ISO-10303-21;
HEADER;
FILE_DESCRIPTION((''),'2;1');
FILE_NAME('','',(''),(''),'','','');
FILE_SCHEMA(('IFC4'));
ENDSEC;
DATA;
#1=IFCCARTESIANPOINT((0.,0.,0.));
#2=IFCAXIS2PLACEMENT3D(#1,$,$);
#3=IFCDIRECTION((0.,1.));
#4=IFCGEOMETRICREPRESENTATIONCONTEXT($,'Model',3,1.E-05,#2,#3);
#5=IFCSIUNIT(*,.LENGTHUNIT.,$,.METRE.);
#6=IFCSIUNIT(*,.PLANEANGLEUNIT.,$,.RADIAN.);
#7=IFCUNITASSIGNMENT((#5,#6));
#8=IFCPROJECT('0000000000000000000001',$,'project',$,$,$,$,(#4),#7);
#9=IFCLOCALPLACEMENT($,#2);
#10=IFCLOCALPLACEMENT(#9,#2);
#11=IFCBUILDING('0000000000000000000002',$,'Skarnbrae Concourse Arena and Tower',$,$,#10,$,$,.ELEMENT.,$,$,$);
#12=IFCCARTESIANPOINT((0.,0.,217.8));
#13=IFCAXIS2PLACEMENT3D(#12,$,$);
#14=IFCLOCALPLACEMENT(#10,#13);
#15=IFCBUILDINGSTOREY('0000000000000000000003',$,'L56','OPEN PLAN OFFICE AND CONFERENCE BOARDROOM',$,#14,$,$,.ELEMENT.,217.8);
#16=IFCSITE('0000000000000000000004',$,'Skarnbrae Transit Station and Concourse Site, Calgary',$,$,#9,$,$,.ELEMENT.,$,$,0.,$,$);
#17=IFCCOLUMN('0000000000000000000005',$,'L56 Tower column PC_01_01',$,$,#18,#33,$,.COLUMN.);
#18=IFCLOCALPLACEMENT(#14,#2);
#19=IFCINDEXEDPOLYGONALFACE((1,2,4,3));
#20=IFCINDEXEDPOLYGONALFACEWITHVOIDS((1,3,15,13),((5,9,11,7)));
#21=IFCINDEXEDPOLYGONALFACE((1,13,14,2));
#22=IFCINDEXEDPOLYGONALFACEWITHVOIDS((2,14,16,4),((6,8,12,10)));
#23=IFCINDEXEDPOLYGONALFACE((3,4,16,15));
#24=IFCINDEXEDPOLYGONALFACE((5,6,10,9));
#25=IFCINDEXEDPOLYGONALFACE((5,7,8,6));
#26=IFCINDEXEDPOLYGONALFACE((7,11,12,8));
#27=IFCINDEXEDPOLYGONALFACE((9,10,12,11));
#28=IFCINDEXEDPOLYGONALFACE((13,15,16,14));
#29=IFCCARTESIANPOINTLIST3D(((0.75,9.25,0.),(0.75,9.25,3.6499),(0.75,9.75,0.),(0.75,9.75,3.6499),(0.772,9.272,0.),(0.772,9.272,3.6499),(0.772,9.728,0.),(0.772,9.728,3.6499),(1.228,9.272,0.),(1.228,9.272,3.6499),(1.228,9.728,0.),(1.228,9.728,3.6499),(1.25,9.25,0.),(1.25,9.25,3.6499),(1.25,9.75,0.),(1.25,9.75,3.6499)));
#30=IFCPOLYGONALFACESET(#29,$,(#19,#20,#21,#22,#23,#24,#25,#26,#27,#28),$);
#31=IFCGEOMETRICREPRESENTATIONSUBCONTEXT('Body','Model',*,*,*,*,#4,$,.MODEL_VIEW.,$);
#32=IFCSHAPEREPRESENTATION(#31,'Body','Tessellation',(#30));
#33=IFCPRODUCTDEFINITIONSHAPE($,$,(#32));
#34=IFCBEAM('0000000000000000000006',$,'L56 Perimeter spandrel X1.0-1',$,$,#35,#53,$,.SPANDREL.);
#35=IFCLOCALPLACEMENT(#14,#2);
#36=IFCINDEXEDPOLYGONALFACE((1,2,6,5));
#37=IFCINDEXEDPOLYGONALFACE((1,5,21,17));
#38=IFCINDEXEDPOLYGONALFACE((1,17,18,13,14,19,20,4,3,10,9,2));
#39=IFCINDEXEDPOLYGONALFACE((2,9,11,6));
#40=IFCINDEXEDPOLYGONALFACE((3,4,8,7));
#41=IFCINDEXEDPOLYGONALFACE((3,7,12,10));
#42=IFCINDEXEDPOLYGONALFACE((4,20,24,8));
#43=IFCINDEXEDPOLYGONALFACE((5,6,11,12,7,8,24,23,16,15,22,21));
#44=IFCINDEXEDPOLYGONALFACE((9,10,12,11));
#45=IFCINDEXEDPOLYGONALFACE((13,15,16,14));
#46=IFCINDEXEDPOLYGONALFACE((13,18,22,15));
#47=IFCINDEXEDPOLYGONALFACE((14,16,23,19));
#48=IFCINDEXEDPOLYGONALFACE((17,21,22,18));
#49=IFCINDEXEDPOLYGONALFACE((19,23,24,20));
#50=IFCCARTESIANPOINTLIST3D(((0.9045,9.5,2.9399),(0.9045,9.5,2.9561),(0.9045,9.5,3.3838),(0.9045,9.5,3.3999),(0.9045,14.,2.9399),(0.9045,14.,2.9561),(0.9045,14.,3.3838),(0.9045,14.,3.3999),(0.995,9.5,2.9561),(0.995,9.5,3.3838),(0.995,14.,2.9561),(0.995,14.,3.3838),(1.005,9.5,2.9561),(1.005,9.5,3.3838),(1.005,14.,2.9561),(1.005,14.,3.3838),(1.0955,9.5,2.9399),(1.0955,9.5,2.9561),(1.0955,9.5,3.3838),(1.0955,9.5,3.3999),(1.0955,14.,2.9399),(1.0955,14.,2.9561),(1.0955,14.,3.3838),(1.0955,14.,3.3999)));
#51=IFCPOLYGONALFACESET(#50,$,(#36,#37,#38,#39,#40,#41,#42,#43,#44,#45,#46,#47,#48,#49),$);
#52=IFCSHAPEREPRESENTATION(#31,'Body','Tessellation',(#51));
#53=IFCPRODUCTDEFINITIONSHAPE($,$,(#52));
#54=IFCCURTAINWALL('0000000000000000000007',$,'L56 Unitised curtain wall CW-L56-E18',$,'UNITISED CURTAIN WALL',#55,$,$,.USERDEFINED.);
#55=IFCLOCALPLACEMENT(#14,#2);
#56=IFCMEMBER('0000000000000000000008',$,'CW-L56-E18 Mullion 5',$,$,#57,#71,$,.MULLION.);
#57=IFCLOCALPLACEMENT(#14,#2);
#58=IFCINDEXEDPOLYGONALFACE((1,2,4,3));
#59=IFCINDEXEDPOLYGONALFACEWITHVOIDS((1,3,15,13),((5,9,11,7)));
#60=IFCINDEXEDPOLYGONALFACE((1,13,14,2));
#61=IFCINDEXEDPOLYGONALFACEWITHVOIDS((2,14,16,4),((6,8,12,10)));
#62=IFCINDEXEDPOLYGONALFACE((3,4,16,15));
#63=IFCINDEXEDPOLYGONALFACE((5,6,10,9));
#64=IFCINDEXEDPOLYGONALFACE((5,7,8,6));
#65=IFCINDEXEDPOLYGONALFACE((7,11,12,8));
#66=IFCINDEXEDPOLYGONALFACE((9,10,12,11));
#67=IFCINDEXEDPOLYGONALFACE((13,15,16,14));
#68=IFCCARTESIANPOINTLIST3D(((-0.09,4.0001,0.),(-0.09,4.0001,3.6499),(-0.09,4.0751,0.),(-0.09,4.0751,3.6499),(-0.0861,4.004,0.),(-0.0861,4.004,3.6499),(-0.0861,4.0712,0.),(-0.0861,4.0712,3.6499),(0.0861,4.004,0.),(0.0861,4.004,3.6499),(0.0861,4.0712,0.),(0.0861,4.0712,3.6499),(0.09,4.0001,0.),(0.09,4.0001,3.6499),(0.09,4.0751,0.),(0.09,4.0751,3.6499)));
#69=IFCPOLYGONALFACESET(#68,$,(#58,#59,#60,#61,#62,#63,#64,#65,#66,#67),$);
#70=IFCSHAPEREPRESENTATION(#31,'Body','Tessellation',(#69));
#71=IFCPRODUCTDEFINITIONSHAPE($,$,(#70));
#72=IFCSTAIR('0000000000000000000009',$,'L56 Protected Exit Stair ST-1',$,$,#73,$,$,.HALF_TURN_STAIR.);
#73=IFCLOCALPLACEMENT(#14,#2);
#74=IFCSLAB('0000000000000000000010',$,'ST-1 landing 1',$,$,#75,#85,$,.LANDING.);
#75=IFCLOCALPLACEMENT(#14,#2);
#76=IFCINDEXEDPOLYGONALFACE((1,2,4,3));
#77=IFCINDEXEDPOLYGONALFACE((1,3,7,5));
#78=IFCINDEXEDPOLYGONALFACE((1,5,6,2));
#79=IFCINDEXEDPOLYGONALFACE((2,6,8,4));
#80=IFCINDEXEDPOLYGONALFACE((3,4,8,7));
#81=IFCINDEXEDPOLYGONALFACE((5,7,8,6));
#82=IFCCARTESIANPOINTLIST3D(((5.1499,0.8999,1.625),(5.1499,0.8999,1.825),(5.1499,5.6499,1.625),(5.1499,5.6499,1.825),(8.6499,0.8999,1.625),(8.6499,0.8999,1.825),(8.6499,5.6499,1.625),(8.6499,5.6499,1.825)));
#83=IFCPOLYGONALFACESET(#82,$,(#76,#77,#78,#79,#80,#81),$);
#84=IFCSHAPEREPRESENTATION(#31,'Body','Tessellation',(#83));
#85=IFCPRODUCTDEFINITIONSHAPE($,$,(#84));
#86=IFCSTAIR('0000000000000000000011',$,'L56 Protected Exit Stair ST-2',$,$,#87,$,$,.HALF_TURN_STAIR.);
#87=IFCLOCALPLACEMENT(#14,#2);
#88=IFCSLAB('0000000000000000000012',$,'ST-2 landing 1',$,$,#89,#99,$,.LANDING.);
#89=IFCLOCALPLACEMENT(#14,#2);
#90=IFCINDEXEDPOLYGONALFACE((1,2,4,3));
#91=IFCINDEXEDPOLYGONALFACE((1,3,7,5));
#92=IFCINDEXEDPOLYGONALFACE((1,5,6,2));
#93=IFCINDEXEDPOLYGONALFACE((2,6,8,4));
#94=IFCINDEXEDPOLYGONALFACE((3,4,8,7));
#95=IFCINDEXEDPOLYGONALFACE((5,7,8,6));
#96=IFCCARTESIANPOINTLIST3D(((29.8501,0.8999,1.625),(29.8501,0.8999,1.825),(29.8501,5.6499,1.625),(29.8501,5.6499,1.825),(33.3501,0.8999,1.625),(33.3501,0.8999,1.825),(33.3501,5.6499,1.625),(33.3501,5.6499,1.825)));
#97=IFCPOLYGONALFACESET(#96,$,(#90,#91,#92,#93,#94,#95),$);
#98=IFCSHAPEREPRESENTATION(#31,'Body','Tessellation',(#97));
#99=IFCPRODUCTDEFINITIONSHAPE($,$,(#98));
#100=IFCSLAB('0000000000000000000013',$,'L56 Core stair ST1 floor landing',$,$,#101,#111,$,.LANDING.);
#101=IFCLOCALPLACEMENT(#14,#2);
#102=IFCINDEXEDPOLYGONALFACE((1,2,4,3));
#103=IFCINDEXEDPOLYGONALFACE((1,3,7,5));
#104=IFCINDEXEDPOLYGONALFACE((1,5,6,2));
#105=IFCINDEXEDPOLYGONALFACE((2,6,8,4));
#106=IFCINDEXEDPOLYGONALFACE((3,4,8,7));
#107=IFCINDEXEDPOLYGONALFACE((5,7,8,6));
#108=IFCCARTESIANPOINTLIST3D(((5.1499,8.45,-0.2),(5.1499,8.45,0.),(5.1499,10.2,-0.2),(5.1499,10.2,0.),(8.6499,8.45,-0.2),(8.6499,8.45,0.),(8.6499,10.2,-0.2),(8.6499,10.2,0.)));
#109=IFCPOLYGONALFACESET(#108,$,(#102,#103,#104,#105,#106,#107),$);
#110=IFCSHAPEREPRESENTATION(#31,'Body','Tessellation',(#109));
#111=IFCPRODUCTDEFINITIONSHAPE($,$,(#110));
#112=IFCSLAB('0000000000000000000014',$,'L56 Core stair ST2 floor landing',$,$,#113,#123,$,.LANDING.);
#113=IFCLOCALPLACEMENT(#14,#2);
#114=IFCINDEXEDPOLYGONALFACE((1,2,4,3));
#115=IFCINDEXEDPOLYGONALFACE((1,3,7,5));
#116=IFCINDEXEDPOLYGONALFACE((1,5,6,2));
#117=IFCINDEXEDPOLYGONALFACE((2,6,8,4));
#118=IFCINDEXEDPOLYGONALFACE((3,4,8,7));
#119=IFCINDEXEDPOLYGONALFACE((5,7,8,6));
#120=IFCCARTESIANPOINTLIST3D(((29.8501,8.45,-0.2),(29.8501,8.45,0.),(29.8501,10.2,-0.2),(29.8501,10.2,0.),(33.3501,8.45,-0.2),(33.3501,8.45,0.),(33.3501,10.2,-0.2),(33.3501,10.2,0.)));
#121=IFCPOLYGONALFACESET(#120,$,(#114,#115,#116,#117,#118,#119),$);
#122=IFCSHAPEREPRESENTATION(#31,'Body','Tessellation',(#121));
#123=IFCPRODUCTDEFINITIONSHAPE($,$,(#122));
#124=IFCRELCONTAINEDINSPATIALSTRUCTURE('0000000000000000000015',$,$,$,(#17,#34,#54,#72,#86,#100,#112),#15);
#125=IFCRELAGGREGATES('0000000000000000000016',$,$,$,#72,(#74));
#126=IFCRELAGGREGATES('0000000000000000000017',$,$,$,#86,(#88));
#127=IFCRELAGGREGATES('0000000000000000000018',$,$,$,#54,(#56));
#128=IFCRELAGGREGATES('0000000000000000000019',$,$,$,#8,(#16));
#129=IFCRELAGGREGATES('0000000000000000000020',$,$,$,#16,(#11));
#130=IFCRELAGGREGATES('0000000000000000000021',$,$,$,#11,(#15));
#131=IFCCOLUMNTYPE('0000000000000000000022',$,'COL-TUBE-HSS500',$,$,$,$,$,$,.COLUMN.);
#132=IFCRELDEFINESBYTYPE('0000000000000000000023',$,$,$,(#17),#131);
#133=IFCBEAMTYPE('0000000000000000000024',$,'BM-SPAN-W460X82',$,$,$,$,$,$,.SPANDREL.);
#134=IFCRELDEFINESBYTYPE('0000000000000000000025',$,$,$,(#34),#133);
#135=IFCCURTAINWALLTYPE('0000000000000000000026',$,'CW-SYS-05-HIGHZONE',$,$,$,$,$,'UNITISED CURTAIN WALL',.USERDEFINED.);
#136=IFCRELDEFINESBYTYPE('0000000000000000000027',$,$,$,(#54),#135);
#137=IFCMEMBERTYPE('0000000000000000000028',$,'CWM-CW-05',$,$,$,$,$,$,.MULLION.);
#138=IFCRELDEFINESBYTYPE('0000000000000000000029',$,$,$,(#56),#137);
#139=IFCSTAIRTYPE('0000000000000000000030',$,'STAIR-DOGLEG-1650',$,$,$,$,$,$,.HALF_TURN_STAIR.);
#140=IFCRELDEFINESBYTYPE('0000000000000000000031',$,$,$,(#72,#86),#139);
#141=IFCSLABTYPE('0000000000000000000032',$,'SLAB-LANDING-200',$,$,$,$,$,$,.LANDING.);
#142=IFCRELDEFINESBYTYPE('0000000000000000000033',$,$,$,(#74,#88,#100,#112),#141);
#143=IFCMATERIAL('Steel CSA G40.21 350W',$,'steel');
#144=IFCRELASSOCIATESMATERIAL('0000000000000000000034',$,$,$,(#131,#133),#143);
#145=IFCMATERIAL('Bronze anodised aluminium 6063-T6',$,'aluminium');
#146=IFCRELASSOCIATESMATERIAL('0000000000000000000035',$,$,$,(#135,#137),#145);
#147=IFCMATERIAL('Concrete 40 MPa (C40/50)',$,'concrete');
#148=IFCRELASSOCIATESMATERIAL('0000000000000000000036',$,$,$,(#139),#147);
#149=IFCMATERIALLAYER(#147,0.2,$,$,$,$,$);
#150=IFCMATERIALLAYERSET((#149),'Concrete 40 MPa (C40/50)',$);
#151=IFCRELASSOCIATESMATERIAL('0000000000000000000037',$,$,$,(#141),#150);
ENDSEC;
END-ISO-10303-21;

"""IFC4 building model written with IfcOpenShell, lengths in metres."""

from ifc_helpers import new_model, si_unit, direction, frame, origin, origin_2d, place, context, subcontext, project, spatial, polyline, hollow_rectangle, i_section, outline, extrude, source, transform, mapped, material, layer, layer_set, material_profile, profile_set, type_object, element, aggregate, save


model = new_model("IFC4")

# Units and contexts
model_context = context("Model", 3, precision=1e-05, world=origin(), true_north=direction((0.0, 1.0)))
body_context = subcontext(model_context, "Body", "Model", "MODEL_VIEW")
ifc_project = project(units=[si_unit("LENGTHUNIT", "METRE"), si_unit("PLANEANGLEUNIT", "RADIAN")], contexts=[model_context])

# Site, building, storey
site_placement = place(None, origin())
site = spatial("IfcSite", under=ifc_project, at=site_placement, Name="Skarnbrae Transit Station and Concourse Site, Calgary", CompositionType="ELEMENT", RefElevation=0.0)
building_placement = place(site_placement, origin())
building = spatial("IfcBuilding", under=site, at=building_placement, Name="Skarnbrae Concourse Arena and Tower", CompositionType="ELEMENT")
storey_placement = place(building_placement, frame((0.0, 0.0, 217.8)))
storey = spatial("IfcBuildingStorey", under=building, at=storey_placement, Name="L56", Description="OPEN PLAN OFFICE AND CONFERENCE BOARDROOM", CompositionType="ELEMENT", Elevation=217.8)

# Column
ifc_material_1 = material(Name="Steel CSA G40.21 350W", Category="steel")
ifc_material_profile_1 = material_profile(ifc_material_1, hollow_rectangle(XDim=0.5, YDim=0.5, WallThickness=0.022, at=origin_2d()), Name="HSS500X500X22.0")
ifc_profile_set_1 = profile_set([ifc_material_profile_1], Name="Steel CSA G40.21 350W")
column_type = type_object("IfcColumnType", Name="COL-TUBE-HSS500", PredefinedType="COLUMN", material=ifc_profile_set_1)
shared_shape_1 = source(origin(), body_context, "Body", "SweptSolid", [
    extrude(hollow_rectangle(XDim=0.5, YDim=0.5, WallThickness=0.022, at=origin_2d()), origin(), (0.0, 0.0, 1.0), 3.6499),
])
column_placement = place(storey_placement, frame((1.0, 9.5, 0.0), z_axis=(0.0, 0.0, 1.0), x_axis=(1.0, 0.0, 0.0)))
element("IfcColumn", 1, at=column_placement, inside=storey, type_object=column_type, Name="L56 Tower column PC_01_01", PredefinedType="COLUMN", context=body_context, shape_type="MappedRepresentation", body=[
    mapped(shared_shape_1, transform((0.0, 0.0, 0.0))),
])

# Beam
ifc_material_profile_2 = material_profile(ifc_material_1, i_section(OverallWidth=0.1909, OverallDepth=0.46, WebThickness=0.01, FlangeThickness=0.0161, at=origin_2d()), Name="W460X82")
ifc_profile_set_2 = profile_set([ifc_material_profile_2], Name="Steel CSA G40.21 350W")
beam_type = type_object("IfcBeamType", Name="BM-SPAN-W460X82", PredefinedType="SPANDREL", material=ifc_profile_set_2)
shared_shape_2 = source(origin(), body_context, "Body", "SweptSolid", [
    extrude(i_section(OverallWidth=0.1909, OverallDepth=0.46, WebThickness=0.01, FlangeThickness=0.0161, at=origin_2d()), origin(), (0.0, 0.0, 1.0), 4.5),
])
beam_placement = place(storey_placement, frame((1.0, 9.5, 3.1699), z_axis=(0.0, 1.0, 0.0), x_axis=(-1.0, 0.0, 0.0)))
element("IfcBeam", 2, at=beam_placement, inside=storey, type_object=beam_type, Name="L56 Perimeter spandrel X1.0-1", PredefinedType="SPANDREL", context=body_context, shape_type="MappedRepresentation", body=[
    mapped(shared_shape_2, transform((0.0, 0.0, 0.0))),
])

# Curtain wall, member
ifc_material_2 = material(Name="Bronze anodised aluminium 6063-T6", Category="aluminium")
curtain_wall_type = type_object("IfcCurtainWallType", Name="CW-SYS-05-HIGHZONE", ElementType="UNITISED CURTAIN WALL", PredefinedType="USERDEFINED", material=ifc_material_2)
curtain_wall_placement = place(storey_placement, origin())
curtain_wall = element("IfcCurtainWall", 3, at=curtain_wall_placement, inside=storey, type_object=curtain_wall_type, Name="L56 Unitised curtain wall CW-L56-E18", ObjectType="UNITISED CURTAIN WALL", PredefinedType="USERDEFINED")
ifc_material_profile_3 = material_profile(ifc_material_2, hollow_rectangle(XDim=0.075, YDim=0.1799, WallThickness=0.0039, at=origin_2d()), Name="ALU-MULL-75X180")
ifc_profile_set_3 = profile_set([ifc_material_profile_3], Name="Bronze anodised aluminium 6063-T6")
member_type = type_object("IfcMemberType", Name="CWM-CW-05", PredefinedType="MULLION", material=ifc_profile_set_3)
shared_shape_3 = source(origin(), body_context, "Body", "SweptSolid", [
    extrude(hollow_rectangle(XDim=0.075, YDim=0.1799, WallThickness=0.0039, at=origin_2d()), origin(), (0.0, 0.0, 1.0), 3.6499),
])
member_placement = place(storey_placement, frame((0.0, 4.0376, 0.0), z_axis=(0.0, 0.0, 1.0), x_axis=(0.0, -1.0, 0.0)))
member = element("IfcMember", 4, at=member_placement, type_object=member_type, Name="CW-L56-E18 Mullion 5", PredefinedType="MULLION", context=body_context, shape_type="MappedRepresentation", body=[
    mapped(shared_shape_3, transform((0.0, 0.0, 0.0))),
])

# Stairs, slabs
ifc_material_3 = material(Name="Concrete 40 MPa (C40/50)", Category="concrete")
stair_type = type_object("IfcStairType", Name="STAIR-DOGLEG-1650", PredefinedType="HALF_TURN_STAIR", material=ifc_material_3)
stair_1_placement = place(storey_placement, origin())
stair_1 = element("IfcStair", 5, at=stair_1_placement, inside=storey, type_object=stair_type, Name="L56 Protected Exit Stair ST-1", PredefinedType="HALF_TURN_STAIR")
ifc_layer_1 = layer(ifc_material_3, 0.2)
ifc_layer_set_1 = layer_set([ifc_layer_1], Name="Concrete 40 MPa (C40/50)")
slab_type_1 = type_object("IfcSlabType", Name="SLAB-LANDING-200", PredefinedType="LANDING", material=ifc_layer_set_1)
slab_1_placement = place(storey_placement, frame((0.0, 0.0, 1.625)))
slab_1 = element("IfcSlab", 6, at=slab_1_placement, type_object=slab_type_1, Name="ST-1 landing 1", PredefinedType="LANDING", context=body_context, shape_type="SweptSolid", body=[
    extrude(outline(polyline([(5.1499, 5.6499), (5.1499, 0.8999), (8.6499, 0.8999), (8.6499, 5.6499), (5.1499, 5.6499)])), origin(), (0.0, 0.0, 1.0), 0.2),
])
aggregate(stair_1, [slab_1])
stair_2_placement = place(storey_placement, origin())
stair_2 = element("IfcStair", 7, at=stair_2_placement, inside=storey, type_object=stair_type, Name="L56 Protected Exit Stair ST-2", PredefinedType="HALF_TURN_STAIR")
slab_2_placement = place(storey_placement, frame((0.0, 0.0, 1.625)))
slab_2 = element("IfcSlab", 8, at=slab_2_placement, type_object=slab_type_1, Name="ST-2 landing 1", PredefinedType="LANDING", context=body_context, shape_type="SweptSolid", body=[
    extrude(outline(polyline([(29.8501, 5.6499), (29.8501, 0.8999), (33.3501, 0.8999), (33.3501, 5.6499), (29.8501, 5.6499)])), origin(), (0.0, 0.0, 1.0), 0.2),
])
aggregate(stair_2, [slab_2])

# Slabs
slab_3_placement = place(storey_placement, frame((0.0, 0.0, -0.2)))
element("IfcSlab", 9, at=slab_3_placement, inside=storey, type_object=slab_type_1, Name="L56 Core stair ST1 floor landing", PredefinedType="LANDING", context=body_context, shape_type="SweptSolid", body=[
    extrude(outline(polyline([(5.1499, 10.2), (5.1499, 8.45), (8.6499, 8.45), (8.6499, 10.2), (5.1499, 10.2)])), origin(), (0.0, 0.0, 1.0), 0.2),
])
slab_4_placement = place(storey_placement, frame((0.0, 0.0, -0.2)))
element("IfcSlab", 10, at=slab_4_placement, inside=storey, type_object=slab_type_1, Name="L56 Core stair ST2 floor landing", PredefinedType="LANDING", context=body_context, shape_type="SweptSolid", body=[
    extrude(outline(polyline([(29.8501, 10.2), (29.8501, 8.45), (33.3501, 8.45), (33.3501, 10.2), (29.8501, 10.2)])), origin(), (0.0, 0.0, 1.0), 0.2),
])

aggregate(curtain_wall, [member])

save(model, "model.ifc")
